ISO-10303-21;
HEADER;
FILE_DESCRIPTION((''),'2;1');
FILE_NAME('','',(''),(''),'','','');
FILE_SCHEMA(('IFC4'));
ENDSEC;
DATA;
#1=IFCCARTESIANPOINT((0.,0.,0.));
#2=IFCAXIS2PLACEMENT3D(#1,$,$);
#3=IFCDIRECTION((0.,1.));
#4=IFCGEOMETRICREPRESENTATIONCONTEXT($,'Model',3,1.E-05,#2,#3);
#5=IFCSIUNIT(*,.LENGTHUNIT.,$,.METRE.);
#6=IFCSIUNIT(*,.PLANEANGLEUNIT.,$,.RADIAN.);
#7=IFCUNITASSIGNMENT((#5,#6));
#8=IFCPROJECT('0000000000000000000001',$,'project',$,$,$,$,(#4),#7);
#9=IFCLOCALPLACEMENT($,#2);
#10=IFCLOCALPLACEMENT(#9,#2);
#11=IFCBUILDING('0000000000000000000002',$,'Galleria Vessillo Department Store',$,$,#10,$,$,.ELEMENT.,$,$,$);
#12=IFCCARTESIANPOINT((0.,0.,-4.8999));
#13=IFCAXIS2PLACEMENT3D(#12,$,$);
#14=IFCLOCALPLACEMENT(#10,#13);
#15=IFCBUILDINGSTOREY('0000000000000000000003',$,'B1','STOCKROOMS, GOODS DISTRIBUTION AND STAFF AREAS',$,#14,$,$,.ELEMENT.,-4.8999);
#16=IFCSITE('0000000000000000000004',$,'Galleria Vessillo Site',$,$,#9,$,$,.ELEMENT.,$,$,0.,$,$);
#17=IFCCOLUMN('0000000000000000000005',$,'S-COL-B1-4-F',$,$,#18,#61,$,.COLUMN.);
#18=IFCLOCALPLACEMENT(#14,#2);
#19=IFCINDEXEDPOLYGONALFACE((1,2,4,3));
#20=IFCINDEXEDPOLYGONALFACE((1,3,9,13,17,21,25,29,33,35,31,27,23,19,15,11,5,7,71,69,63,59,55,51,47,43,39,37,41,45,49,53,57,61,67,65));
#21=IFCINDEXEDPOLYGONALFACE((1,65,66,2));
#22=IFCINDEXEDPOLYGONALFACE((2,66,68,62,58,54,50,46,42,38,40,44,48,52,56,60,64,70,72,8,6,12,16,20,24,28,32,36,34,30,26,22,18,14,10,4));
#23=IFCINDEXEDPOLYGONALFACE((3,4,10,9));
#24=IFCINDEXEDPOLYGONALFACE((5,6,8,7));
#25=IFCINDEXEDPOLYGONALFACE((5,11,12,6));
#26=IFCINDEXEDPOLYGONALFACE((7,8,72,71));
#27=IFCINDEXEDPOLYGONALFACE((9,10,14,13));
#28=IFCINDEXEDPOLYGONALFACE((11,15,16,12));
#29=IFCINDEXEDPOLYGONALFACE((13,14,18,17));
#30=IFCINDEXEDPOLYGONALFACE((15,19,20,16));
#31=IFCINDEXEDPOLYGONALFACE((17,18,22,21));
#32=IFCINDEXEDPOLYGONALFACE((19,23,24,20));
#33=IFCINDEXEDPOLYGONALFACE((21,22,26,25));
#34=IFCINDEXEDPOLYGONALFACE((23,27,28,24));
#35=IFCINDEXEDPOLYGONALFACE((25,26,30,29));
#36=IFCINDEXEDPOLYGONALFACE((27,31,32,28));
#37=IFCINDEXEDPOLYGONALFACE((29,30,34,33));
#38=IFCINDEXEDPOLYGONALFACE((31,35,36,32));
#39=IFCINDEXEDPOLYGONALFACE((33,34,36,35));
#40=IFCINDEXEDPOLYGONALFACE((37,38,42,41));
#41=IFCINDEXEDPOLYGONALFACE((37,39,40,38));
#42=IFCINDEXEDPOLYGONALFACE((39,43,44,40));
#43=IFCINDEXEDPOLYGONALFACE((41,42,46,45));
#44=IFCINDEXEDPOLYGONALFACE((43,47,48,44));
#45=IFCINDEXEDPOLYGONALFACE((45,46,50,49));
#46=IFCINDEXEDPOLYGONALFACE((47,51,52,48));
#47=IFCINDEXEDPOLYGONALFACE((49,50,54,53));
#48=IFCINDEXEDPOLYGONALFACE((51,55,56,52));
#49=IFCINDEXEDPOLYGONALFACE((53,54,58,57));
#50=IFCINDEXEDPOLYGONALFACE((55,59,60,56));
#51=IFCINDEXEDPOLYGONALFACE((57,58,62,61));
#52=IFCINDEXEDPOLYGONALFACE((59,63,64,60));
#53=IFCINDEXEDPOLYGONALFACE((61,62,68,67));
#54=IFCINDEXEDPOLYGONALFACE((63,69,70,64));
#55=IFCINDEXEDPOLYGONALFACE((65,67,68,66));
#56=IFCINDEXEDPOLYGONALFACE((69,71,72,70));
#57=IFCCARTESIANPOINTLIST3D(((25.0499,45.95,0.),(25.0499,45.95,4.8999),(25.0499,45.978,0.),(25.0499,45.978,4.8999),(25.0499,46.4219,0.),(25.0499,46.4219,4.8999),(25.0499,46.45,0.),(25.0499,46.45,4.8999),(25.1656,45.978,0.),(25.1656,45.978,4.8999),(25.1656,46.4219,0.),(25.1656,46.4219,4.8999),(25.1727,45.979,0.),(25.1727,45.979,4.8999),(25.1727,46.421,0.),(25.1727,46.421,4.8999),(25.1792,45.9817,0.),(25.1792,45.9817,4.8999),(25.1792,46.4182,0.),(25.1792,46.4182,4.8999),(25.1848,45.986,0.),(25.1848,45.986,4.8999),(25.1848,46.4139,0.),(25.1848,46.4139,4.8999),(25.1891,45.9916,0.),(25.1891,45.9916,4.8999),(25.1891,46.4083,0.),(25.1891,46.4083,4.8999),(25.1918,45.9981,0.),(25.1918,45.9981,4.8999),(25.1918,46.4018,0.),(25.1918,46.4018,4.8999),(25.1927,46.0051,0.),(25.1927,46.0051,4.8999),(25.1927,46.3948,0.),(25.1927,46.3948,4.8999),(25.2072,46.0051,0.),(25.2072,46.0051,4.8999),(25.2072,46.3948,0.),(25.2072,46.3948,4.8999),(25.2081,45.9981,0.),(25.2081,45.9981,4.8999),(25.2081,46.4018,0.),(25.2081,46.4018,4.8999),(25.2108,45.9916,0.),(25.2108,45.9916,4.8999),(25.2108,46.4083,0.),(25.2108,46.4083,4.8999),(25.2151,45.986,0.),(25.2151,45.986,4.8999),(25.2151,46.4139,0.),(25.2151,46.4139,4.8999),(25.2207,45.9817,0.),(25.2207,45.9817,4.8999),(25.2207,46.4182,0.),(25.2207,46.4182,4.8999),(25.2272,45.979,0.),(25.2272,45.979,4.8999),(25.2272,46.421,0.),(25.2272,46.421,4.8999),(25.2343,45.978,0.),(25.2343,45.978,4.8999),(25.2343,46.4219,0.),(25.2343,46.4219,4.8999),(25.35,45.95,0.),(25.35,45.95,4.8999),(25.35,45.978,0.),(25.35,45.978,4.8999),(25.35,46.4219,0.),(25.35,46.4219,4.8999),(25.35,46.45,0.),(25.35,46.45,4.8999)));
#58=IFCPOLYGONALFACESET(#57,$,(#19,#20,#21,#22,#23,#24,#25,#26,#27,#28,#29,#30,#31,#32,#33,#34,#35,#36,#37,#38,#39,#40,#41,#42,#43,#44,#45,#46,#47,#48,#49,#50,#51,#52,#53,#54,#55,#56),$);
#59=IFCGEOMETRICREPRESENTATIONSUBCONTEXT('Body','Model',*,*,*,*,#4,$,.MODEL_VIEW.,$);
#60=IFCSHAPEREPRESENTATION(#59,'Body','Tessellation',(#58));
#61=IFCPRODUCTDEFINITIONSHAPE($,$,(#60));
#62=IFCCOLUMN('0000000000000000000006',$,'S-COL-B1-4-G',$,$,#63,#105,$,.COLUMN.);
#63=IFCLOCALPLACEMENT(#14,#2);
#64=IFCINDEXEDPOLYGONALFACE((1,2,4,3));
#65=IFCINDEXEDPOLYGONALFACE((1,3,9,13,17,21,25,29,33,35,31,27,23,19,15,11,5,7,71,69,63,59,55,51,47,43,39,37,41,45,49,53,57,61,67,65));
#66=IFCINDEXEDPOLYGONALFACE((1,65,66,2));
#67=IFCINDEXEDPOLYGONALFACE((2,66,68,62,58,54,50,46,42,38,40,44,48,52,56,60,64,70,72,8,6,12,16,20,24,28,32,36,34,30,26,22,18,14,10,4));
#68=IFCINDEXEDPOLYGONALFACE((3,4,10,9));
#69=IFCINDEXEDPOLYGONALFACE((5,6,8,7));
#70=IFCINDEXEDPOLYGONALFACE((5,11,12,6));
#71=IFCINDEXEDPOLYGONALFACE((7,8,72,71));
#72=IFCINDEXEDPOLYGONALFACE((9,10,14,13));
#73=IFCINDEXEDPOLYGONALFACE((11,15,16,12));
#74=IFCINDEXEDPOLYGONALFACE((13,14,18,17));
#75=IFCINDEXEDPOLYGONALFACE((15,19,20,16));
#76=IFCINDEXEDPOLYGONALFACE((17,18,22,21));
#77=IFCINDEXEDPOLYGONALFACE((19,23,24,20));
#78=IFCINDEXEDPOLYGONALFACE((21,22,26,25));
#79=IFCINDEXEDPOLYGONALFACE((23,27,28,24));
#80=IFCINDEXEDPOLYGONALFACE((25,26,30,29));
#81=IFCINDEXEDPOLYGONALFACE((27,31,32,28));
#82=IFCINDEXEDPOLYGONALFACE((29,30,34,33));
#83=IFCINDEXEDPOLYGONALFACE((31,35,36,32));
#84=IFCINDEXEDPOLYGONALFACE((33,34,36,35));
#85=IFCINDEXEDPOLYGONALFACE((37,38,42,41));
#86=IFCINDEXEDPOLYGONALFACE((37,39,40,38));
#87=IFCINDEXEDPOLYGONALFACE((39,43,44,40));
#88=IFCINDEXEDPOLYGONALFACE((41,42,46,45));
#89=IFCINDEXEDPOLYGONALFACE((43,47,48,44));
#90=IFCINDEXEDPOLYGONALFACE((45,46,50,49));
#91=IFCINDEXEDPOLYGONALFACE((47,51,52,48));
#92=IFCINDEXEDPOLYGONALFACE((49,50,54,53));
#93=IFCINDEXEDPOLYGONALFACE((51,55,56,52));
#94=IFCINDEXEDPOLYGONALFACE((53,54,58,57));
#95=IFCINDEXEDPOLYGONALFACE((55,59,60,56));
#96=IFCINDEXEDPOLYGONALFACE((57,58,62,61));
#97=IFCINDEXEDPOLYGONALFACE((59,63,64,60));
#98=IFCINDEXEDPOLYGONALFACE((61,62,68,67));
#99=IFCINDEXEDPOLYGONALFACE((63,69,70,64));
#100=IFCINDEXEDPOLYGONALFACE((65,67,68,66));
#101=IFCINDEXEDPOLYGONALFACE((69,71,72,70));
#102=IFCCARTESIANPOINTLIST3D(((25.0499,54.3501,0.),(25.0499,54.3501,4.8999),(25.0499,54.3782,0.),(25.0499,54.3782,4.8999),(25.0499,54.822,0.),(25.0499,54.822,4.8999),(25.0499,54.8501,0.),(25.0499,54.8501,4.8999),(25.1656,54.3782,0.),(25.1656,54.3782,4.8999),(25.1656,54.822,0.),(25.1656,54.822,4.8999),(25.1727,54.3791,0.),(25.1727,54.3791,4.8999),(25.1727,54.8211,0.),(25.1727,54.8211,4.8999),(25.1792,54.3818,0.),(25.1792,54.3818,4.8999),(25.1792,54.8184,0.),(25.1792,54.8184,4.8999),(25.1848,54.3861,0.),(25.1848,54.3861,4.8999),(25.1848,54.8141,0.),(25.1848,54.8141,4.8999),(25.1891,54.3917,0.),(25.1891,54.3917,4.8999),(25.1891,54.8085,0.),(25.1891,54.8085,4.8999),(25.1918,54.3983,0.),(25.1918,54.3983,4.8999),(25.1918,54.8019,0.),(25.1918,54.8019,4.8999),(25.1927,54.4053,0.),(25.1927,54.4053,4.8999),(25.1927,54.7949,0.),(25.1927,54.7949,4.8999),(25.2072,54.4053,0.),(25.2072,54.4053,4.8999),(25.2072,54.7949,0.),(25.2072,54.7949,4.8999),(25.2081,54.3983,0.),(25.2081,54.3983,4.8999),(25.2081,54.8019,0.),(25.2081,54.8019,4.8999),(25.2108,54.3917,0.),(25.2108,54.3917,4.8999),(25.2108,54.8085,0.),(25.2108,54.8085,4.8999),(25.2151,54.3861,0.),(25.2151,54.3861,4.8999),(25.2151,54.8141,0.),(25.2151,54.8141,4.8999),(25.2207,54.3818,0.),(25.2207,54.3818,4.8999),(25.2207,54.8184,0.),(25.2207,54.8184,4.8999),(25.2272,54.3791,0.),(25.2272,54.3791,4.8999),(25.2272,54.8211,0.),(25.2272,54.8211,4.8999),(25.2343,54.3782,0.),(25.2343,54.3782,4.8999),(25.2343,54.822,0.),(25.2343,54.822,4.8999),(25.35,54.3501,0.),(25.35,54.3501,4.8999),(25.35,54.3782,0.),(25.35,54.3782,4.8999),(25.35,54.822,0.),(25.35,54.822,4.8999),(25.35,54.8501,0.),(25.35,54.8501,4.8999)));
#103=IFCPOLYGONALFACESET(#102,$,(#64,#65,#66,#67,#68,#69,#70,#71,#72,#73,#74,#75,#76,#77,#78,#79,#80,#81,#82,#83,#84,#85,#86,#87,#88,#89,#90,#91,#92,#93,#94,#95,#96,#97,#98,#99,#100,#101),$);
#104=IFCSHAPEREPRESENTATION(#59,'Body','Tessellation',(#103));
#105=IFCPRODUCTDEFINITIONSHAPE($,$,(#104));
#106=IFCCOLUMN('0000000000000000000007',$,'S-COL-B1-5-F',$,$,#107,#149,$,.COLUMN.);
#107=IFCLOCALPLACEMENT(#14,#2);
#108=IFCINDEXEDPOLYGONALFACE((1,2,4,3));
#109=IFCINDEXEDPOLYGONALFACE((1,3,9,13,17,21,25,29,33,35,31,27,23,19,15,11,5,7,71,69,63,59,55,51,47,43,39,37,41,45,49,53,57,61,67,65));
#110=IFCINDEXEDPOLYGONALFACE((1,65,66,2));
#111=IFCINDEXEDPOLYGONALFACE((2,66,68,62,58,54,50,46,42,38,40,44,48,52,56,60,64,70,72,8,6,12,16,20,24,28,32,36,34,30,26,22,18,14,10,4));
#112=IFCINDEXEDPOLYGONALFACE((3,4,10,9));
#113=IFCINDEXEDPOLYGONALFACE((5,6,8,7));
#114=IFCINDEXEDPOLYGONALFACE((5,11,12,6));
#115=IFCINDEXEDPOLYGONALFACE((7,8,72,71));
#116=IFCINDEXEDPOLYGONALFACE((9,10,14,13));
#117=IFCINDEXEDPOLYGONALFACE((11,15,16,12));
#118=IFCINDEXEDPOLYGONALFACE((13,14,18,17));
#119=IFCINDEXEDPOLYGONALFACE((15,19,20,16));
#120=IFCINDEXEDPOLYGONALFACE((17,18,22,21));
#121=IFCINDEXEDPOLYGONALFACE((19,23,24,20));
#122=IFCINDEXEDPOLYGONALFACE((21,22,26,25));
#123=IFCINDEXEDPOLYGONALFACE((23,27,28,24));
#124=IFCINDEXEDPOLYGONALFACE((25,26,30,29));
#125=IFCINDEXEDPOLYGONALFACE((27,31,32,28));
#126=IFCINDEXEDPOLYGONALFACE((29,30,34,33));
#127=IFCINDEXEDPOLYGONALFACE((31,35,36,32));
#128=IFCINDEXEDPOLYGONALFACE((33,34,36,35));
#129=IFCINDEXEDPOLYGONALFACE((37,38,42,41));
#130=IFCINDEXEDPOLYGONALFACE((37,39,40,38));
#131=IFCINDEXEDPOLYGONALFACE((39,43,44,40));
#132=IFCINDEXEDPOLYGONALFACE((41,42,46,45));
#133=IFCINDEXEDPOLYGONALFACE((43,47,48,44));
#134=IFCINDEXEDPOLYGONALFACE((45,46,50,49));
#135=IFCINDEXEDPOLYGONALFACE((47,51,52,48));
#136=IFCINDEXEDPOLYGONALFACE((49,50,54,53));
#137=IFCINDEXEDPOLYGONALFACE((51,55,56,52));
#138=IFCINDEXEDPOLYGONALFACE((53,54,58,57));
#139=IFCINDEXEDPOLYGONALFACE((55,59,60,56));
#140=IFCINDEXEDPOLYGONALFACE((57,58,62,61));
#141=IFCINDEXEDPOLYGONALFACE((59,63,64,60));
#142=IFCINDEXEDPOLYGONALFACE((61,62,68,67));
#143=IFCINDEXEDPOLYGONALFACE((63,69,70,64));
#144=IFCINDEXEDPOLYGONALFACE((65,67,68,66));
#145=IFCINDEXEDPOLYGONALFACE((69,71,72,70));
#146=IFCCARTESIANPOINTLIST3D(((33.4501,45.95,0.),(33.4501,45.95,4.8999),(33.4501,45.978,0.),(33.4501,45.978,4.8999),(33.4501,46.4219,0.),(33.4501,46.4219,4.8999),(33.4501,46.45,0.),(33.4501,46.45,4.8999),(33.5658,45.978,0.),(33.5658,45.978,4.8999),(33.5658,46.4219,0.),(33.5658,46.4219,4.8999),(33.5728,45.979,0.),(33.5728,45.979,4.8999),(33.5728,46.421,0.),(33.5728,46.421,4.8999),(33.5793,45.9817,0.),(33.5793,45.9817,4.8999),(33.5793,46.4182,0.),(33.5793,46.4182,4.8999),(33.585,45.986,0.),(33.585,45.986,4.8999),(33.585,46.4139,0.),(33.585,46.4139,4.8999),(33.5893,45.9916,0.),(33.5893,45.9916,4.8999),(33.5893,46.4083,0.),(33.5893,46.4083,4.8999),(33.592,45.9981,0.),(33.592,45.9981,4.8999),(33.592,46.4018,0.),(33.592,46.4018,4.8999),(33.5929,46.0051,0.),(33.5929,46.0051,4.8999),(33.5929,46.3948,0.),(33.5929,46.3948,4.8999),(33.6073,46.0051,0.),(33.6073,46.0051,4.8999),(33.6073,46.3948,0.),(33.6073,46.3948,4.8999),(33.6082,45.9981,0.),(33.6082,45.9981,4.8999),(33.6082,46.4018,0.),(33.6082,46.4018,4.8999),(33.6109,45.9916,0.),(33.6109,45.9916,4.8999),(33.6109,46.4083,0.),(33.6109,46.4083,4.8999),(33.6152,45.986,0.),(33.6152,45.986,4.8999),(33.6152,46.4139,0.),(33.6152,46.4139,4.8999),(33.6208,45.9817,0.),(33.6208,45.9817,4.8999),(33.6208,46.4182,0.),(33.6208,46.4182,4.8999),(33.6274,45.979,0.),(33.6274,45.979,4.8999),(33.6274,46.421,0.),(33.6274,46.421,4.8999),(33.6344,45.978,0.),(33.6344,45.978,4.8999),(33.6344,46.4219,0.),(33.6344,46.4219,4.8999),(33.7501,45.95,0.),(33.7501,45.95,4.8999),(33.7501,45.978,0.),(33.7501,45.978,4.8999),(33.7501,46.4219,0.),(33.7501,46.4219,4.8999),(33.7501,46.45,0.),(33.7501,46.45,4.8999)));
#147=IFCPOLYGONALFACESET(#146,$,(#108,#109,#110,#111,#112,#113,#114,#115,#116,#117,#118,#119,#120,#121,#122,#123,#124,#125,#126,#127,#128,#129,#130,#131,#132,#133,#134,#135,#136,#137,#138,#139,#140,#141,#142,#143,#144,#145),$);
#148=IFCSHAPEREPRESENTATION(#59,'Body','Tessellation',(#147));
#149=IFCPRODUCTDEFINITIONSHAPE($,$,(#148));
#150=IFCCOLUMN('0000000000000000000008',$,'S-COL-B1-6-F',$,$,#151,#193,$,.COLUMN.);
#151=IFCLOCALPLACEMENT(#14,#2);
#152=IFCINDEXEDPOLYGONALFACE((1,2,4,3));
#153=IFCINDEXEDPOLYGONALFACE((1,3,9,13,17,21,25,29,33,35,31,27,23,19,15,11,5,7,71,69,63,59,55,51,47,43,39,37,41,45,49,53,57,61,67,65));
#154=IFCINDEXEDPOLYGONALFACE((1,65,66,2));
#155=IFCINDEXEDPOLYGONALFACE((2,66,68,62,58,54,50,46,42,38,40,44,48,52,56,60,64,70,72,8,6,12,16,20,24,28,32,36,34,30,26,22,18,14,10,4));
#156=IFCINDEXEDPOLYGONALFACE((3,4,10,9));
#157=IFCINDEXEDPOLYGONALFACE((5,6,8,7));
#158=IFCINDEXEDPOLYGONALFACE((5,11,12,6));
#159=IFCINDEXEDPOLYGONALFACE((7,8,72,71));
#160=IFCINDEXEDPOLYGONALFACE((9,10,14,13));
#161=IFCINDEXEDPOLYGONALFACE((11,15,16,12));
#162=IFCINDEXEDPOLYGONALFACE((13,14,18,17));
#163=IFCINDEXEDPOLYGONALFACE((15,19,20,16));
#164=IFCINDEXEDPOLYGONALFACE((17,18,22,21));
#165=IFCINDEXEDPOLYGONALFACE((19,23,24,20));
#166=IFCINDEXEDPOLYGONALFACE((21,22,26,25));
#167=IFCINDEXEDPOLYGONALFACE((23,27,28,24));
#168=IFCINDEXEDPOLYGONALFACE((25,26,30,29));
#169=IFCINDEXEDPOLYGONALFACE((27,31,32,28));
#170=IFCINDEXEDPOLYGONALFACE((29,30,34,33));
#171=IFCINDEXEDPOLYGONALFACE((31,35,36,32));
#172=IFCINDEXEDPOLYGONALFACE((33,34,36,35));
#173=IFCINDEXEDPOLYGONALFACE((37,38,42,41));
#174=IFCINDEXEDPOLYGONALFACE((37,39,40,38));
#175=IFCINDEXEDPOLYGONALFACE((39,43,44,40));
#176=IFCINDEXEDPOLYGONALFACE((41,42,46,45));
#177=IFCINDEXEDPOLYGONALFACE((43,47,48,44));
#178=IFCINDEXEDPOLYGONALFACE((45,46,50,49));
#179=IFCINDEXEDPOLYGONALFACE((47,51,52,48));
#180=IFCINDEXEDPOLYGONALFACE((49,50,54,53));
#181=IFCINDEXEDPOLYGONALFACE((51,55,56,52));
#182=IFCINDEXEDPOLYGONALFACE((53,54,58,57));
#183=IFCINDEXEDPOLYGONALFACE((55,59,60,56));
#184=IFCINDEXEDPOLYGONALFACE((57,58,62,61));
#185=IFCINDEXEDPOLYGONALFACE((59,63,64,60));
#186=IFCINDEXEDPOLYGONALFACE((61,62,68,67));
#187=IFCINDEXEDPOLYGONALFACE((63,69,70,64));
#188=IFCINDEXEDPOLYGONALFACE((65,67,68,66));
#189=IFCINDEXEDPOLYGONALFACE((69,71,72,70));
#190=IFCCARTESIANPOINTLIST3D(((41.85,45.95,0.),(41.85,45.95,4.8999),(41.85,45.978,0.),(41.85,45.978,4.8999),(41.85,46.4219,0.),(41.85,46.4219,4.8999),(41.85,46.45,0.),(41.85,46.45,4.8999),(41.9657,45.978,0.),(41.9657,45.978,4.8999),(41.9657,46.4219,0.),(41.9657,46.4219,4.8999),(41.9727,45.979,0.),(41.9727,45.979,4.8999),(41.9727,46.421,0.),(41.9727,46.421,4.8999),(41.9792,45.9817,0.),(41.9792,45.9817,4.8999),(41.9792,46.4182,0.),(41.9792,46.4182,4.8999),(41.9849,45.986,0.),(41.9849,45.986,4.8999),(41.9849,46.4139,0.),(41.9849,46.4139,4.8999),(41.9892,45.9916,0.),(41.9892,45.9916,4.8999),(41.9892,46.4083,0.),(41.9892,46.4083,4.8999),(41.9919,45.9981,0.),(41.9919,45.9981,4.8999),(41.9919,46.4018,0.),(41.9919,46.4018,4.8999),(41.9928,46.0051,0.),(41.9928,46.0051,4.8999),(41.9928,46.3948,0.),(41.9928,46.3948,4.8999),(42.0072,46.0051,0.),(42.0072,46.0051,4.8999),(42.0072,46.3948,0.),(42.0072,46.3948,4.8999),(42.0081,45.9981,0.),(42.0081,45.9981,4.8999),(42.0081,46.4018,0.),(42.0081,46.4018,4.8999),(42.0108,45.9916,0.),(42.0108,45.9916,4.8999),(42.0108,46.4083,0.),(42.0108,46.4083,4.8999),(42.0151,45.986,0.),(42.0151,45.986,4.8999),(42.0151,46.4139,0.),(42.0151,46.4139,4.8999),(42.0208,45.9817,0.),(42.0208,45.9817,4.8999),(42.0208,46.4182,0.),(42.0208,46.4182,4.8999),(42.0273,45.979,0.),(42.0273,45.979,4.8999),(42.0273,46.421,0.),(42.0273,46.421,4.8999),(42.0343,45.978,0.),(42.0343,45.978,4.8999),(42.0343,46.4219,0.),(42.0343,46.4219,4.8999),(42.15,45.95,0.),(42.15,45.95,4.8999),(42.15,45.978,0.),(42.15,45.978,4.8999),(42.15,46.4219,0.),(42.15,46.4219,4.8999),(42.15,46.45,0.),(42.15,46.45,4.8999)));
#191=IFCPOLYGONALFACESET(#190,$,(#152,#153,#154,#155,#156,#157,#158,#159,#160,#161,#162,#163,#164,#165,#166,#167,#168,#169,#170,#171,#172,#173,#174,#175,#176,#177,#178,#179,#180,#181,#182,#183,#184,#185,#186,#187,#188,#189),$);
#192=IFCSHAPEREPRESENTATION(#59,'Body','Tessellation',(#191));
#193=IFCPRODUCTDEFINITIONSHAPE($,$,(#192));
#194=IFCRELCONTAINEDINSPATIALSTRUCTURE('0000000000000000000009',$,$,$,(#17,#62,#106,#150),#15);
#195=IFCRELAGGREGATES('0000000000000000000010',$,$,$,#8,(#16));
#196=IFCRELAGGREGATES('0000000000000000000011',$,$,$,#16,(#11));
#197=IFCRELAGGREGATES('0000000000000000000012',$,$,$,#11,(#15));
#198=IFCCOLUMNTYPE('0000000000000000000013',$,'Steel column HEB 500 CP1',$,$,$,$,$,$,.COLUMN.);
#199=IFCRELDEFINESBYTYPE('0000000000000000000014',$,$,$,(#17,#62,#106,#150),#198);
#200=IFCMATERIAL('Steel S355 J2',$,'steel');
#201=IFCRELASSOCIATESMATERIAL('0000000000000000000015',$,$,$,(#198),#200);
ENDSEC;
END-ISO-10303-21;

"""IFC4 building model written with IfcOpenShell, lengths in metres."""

from ifc_helpers import new_model, si_unit, direction, frame, origin, origin_2d, place, context, subcontext, project, spatial, i_section, extrude, material, material_profile, profile_set, type_object, element, save


model = new_model("IFC4")

# Units and contexts
model_context = context("Model", 3, precision=1e-05, world=origin(), true_north=direction((0.0, 1.0)))
body_context = subcontext(model_context, "Body", "Model", "MODEL_VIEW")
ifc_project = project(units=[si_unit("LENGTHUNIT", "METRE"), si_unit("PLANEANGLEUNIT", "RADIAN")], contexts=[model_context])

# Site, building, storey
site_placement = place(None, origin())
site = spatial("IfcSite", under=ifc_project, at=site_placement, Name="Galleria Vessillo Site", CompositionType="ELEMENT", RefElevation=0.0)
building_placement = place(site_placement, origin())
building = spatial("IfcBuilding", under=site, at=building_placement, Name="Galleria Vessillo Department Store", CompositionType="ELEMENT")
storey_placement = place(building_placement, frame((0.0, 0.0, -4.8999)))
storey = spatial("IfcBuildingStorey", under=building, at=storey_placement, Name="B1", Description="STOCKROOMS, GOODS DISTRIBUTION AND STAFF AREAS", CompositionType="ELEMENT", Elevation=-4.8999)

# Columns
ifc_material_1 = material(Name="Steel S355 J2", Category="steel")
ifc_material_profile_1 = material_profile(ifc_material_1, i_section(OverallWidth=0.3, OverallDepth=0.5, WebThickness=0.0144, FlangeThickness=0.0281, FilletRadius=0.0271, at=origin_2d()), Name="HEB 500")
ifc_profile_set_1 = profile_set([ifc_material_profile_1], Name="Steel S355 J2")
column_type_1 = type_object("IfcColumnType", Name="Steel column HEB 500 CP1", PredefinedType="COLUMN", material=ifc_profile_set_1)
for number, where, z_axis, x_axis, name in (
    (1, (25.2, 46.2, 0.0), (0.0, 0.0, 1.0), (1.0, 0.0, 0.0), "S-COL-B1-4-F"),
    (2, (25.2, 54.6001, 0.0), (0.0, 0.0, 1.0), (1.0, 0.0, 0.0), "S-COL-B1-4-G"),
    (3, (33.6001, 46.2, 0.0), (0.0, 0.0, 1.0), (1.0, 0.0, 0.0), "S-COL-B1-5-F"),
    (4, (42.0, 46.2, 0.0), (0.0, 0.0, 1.0), (1.0, 0.0, 0.0), "S-COL-B1-6-F"),
):
    element("IfcColumn", number, at=place(storey_placement, frame(where, z_axis=z_axis, x_axis=x_axis)), inside=storey, type_object=column_type_1, Name=name, PredefinedType="COLUMN", context=body_context, shape_type="SweptSolid", body=[
        extrude(i_section(OverallWidth=0.3, OverallDepth=0.5, WebThickness=0.0144, FlangeThickness=0.0281, FilletRadius=0.0271, at=origin_2d()), origin(), (0.0, 0.0, 1.0), 4.8999),
    ])

save(model, "model.ifc")
